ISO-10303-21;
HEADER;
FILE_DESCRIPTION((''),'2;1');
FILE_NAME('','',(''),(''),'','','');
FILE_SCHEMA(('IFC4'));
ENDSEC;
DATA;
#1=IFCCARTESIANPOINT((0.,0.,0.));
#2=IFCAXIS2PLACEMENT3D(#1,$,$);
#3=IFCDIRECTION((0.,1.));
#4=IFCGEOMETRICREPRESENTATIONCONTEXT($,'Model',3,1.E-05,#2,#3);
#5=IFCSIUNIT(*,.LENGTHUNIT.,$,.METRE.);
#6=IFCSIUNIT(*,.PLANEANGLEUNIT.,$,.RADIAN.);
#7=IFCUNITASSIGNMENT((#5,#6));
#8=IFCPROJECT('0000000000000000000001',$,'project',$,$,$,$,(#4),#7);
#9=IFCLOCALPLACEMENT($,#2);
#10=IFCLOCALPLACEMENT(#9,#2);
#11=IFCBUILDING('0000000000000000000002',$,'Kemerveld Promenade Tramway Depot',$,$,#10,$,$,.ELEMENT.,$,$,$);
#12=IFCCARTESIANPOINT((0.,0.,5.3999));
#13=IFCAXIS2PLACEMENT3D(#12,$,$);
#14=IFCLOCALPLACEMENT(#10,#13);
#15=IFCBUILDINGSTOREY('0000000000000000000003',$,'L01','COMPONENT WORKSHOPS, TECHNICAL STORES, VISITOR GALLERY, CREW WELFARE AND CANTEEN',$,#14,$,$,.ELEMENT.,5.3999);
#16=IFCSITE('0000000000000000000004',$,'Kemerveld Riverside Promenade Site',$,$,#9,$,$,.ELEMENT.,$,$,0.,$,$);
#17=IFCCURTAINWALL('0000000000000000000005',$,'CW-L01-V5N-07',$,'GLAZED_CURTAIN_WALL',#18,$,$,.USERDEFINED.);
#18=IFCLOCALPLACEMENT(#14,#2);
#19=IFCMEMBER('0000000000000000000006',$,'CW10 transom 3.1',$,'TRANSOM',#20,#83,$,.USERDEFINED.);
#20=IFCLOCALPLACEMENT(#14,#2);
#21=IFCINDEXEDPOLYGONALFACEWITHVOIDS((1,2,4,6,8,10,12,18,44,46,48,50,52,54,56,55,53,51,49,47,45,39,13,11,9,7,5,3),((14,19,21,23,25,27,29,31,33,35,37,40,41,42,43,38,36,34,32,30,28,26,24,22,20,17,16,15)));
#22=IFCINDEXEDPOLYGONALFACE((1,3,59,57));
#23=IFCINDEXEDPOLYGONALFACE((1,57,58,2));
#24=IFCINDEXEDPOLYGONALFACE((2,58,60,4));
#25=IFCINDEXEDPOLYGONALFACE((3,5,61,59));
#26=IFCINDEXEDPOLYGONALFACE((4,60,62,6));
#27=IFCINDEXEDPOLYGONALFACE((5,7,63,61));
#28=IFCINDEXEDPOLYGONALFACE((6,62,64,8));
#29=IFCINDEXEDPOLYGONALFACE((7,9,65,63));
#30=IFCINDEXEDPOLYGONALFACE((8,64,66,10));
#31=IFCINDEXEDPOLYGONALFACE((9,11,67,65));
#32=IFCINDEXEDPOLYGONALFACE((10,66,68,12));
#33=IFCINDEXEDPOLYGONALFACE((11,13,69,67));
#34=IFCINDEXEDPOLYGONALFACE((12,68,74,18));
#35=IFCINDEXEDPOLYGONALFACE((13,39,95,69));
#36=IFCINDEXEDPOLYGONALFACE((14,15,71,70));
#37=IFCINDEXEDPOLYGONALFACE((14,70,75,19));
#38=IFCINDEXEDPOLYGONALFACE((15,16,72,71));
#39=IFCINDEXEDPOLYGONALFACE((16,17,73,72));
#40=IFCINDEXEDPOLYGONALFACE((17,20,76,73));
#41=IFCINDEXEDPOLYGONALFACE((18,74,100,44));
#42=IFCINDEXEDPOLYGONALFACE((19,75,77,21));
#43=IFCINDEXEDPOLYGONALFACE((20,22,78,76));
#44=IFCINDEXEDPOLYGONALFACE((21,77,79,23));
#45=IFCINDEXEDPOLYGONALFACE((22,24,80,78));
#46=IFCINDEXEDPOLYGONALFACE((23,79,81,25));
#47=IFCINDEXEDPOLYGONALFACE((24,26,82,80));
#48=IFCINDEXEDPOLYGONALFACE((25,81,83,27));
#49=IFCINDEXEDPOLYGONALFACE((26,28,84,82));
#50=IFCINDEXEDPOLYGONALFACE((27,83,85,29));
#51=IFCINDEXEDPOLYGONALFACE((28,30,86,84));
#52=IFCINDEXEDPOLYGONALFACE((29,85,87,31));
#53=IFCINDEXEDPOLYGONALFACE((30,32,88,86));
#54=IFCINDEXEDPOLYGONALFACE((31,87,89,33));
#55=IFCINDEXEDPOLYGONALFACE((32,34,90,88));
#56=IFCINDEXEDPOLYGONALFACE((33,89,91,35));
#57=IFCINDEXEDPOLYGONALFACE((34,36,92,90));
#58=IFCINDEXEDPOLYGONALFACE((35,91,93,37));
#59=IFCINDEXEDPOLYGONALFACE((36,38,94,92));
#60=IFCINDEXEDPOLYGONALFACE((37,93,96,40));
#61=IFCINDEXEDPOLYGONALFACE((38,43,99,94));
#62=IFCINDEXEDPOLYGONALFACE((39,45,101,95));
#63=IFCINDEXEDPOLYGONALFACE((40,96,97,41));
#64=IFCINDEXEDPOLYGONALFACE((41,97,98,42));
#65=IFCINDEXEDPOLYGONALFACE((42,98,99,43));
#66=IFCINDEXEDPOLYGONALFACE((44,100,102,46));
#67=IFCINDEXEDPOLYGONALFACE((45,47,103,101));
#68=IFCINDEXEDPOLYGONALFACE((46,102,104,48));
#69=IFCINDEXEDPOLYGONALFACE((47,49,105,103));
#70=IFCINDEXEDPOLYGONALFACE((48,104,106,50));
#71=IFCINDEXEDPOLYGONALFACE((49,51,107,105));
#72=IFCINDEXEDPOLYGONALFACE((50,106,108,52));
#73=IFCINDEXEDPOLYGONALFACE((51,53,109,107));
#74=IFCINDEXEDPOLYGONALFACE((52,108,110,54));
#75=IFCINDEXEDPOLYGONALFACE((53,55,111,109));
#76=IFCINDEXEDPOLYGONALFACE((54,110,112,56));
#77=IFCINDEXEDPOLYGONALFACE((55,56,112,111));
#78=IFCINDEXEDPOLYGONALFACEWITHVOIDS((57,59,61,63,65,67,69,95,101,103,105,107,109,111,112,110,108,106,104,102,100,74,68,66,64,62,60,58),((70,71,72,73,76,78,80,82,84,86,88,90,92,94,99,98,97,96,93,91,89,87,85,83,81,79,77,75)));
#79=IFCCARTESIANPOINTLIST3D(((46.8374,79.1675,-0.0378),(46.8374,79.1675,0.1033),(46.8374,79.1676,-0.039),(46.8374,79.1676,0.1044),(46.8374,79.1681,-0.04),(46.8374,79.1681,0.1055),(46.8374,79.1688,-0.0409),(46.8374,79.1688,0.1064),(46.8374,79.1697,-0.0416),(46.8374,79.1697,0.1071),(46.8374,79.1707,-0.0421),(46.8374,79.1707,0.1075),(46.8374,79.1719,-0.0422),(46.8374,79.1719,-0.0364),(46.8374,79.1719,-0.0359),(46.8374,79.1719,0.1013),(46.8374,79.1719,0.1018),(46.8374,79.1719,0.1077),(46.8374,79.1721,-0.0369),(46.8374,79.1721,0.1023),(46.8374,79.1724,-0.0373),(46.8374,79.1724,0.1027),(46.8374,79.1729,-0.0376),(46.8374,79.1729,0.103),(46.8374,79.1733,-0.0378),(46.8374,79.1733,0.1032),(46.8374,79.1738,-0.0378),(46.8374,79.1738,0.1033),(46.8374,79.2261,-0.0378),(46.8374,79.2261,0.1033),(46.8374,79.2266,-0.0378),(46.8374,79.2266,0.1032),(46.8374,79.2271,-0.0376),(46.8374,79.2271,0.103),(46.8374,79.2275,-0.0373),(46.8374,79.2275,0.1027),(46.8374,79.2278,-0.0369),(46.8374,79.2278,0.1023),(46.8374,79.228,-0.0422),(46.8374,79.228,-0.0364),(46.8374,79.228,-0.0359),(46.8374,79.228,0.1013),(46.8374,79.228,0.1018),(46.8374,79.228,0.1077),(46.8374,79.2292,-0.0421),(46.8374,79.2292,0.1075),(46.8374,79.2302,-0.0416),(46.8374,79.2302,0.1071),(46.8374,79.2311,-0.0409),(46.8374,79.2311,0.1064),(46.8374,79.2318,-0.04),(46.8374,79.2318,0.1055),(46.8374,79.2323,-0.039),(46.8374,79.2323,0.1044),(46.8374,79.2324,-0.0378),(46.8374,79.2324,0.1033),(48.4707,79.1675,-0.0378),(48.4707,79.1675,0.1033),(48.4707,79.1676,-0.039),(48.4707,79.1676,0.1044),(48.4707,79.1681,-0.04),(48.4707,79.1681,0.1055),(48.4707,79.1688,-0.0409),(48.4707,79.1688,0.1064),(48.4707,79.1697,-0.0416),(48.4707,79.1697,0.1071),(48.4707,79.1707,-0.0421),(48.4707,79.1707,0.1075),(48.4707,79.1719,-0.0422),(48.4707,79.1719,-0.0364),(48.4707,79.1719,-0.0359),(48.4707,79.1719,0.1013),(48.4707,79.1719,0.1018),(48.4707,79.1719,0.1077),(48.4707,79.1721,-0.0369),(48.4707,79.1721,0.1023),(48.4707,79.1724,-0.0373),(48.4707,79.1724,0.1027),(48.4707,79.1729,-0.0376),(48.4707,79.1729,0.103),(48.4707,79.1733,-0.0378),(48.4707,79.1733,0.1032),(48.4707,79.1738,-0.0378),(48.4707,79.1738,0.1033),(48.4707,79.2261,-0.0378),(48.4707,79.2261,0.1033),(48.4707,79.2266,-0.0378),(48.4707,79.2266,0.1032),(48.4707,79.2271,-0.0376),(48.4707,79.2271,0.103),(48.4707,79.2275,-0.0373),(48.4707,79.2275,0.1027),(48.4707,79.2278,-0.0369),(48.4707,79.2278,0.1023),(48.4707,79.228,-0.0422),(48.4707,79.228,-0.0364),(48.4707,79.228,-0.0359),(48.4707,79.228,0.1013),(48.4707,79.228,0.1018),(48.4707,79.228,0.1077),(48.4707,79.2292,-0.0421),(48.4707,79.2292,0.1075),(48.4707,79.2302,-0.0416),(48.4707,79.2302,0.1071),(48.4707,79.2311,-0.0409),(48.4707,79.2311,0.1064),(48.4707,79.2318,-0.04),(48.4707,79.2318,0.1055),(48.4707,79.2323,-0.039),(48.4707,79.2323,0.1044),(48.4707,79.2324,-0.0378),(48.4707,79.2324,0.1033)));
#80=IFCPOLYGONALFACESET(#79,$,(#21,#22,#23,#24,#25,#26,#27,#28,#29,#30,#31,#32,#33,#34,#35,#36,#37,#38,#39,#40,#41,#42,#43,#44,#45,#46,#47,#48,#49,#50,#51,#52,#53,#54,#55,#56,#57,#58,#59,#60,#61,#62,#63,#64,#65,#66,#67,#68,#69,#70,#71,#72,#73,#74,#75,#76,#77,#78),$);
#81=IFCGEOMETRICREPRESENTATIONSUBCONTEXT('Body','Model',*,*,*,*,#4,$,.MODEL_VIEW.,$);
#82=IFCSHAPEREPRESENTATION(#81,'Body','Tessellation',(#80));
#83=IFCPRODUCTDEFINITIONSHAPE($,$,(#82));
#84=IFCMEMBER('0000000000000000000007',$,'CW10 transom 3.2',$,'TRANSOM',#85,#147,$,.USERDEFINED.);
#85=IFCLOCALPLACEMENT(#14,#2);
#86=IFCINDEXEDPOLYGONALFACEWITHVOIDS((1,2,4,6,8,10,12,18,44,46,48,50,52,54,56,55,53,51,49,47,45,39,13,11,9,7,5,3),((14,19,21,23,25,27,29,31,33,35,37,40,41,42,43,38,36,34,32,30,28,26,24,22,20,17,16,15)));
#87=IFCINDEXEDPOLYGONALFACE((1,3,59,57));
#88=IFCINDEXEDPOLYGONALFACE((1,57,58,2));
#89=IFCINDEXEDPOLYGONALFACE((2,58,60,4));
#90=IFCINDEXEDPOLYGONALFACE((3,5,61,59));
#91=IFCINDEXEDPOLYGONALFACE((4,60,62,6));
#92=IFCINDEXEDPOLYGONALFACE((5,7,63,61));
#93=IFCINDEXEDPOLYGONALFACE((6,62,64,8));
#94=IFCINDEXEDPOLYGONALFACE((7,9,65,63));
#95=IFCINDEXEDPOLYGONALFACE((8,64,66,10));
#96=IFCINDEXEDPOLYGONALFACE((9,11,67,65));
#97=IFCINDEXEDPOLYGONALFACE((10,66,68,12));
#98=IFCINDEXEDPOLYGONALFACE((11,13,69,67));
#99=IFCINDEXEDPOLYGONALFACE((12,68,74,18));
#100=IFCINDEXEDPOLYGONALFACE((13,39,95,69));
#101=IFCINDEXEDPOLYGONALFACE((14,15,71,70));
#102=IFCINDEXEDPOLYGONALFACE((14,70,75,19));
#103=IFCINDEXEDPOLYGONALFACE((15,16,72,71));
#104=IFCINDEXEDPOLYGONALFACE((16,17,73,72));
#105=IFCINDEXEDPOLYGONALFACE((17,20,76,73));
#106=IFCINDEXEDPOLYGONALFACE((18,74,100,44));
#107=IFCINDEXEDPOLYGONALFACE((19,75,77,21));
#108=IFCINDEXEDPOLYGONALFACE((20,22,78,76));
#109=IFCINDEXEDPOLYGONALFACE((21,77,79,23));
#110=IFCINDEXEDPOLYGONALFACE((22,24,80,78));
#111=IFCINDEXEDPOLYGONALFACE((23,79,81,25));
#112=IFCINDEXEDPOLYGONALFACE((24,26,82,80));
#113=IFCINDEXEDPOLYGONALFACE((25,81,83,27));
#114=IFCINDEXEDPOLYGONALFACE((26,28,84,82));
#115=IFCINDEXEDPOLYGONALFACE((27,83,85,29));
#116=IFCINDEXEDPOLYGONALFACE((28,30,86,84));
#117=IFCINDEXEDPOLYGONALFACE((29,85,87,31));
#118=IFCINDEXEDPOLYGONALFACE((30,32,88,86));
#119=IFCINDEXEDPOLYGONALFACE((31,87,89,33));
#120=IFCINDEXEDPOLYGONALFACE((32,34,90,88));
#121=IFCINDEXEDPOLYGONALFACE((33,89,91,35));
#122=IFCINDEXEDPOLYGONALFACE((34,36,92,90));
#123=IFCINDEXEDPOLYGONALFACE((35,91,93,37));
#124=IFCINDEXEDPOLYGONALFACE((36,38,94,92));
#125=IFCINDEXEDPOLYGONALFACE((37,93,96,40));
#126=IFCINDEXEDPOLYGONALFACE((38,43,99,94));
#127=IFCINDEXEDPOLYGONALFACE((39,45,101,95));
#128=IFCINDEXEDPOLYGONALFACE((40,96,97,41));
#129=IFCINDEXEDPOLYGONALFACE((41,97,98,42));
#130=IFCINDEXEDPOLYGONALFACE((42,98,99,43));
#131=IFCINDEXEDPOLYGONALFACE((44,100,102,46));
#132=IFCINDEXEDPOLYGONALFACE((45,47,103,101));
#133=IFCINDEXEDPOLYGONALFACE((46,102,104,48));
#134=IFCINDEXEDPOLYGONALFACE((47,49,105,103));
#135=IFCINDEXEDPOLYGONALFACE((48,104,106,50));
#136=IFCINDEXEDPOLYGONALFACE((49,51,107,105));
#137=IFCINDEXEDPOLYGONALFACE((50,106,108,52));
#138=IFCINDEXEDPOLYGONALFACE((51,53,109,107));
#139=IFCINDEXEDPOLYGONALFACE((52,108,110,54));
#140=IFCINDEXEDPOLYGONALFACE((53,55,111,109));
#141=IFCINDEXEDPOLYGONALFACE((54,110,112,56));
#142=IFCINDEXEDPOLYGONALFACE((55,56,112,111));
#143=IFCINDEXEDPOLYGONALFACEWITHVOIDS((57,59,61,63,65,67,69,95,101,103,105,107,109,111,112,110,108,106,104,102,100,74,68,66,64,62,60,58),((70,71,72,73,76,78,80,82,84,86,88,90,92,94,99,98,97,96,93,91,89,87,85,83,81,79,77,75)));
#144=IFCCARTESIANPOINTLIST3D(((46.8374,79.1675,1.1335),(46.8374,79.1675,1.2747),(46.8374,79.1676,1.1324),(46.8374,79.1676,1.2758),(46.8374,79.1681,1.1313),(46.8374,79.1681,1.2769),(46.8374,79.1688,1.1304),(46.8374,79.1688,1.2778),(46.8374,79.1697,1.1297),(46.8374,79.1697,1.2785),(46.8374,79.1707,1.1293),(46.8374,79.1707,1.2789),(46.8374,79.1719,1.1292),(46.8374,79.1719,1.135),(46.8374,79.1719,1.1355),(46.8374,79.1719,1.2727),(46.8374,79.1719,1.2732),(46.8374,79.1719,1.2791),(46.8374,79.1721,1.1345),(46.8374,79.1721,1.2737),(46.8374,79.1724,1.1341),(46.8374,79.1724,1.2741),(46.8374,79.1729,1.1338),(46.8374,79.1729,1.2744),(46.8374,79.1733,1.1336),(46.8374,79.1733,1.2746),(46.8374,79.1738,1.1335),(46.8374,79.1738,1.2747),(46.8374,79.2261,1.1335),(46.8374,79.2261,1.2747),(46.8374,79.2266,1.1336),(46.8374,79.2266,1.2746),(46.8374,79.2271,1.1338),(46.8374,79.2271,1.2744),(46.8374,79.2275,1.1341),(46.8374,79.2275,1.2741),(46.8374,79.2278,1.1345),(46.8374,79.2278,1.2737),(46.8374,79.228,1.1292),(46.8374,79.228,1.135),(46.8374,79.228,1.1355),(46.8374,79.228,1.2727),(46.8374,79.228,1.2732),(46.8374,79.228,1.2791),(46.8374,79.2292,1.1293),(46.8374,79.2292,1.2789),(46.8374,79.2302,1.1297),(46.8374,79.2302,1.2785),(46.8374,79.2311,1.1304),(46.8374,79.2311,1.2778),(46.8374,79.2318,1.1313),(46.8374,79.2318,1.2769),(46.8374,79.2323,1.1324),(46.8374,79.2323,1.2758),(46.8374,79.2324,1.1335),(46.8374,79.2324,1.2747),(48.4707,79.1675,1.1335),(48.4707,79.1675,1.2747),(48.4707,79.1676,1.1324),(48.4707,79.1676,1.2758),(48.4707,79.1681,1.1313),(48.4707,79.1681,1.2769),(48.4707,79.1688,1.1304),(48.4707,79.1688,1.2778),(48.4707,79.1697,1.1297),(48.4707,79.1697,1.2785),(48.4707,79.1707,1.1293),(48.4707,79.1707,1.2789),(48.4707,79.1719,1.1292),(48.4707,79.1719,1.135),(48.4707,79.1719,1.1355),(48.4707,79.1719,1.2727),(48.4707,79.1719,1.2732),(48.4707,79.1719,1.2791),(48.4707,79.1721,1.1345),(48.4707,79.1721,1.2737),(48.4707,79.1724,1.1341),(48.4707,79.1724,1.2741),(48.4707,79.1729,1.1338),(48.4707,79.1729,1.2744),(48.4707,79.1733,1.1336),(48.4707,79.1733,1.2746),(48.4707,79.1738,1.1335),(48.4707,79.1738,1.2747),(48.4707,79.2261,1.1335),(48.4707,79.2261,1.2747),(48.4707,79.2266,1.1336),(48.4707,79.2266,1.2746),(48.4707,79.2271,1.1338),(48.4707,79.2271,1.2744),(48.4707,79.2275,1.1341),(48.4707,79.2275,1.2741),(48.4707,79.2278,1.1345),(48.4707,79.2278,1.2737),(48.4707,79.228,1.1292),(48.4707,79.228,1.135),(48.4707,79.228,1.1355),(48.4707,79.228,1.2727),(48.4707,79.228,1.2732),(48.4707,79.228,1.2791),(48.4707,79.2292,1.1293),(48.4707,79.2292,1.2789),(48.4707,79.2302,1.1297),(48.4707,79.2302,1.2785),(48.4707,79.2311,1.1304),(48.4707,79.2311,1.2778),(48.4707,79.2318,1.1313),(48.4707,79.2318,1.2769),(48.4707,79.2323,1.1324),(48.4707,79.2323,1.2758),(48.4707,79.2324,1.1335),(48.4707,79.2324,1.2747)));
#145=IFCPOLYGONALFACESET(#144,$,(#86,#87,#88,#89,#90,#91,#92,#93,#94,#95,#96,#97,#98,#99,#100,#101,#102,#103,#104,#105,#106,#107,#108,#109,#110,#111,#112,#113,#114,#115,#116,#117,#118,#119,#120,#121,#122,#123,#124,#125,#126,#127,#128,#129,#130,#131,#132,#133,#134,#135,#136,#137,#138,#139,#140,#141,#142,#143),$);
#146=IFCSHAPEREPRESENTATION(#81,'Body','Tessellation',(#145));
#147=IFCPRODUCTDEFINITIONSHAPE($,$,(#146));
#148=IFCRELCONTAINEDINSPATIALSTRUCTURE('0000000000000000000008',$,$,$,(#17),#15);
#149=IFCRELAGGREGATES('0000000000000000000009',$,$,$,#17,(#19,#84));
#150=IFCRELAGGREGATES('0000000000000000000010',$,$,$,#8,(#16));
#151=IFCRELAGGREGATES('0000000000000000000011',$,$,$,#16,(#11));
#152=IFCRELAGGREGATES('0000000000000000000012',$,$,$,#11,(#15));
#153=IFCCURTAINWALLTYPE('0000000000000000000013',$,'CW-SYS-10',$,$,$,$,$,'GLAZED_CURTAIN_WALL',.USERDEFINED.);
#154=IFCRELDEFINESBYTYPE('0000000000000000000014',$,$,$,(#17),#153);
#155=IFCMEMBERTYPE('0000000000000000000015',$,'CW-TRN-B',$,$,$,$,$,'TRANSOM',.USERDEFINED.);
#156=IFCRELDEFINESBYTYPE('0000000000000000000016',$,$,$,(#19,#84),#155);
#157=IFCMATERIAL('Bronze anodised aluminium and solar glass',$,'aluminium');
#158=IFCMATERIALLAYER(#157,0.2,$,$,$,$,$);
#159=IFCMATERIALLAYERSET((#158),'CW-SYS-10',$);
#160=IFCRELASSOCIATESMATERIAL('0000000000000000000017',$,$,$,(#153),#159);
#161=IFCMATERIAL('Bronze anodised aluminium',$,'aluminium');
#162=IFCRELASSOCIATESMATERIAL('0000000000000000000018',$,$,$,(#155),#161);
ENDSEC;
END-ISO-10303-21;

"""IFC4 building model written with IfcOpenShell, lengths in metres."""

from ifc_helpers import new_model, si_unit, direction, frame, origin, origin_2d, place, context, subcontext, project, spatial, hollow_rectangle, extrude, material, layer, layer_set, material_profile, profile_set, type_object, element, aggregate, save


model = new_model("IFC4")

# Units and contexts
model_context = context("Model", 3, precision=1e-05, world=origin(), true_north=direction((0.0, 1.0)))
body_context = subcontext(model_context, "Body", "Model", "MODEL_VIEW")
ifc_project = project(units=[si_unit("LENGTHUNIT", "METRE"), si_unit("PLANEANGLEUNIT", "RADIAN")], contexts=[model_context])

# Site, building, storey
site_placement = place(None, origin())
site = spatial("IfcSite", under=ifc_project, at=site_placement, Name="Kemerveld Riverside Promenade Site", CompositionType="ELEMENT", RefElevation=0.0)
building_placement = place(site_placement, origin())
building = spatial("IfcBuilding", under=site, at=building_placement, Name="Kemerveld Promenade Tramway Depot", CompositionType="ELEMENT")
storey_placement = place(building_placement, frame((0.0, 0.0, 5.3999)))
storey = spatial("IfcBuildingStorey", under=building, at=storey_placement, Name="L01", Description="COMPONENT WORKSHOPS, TECHNICAL STORES, VISITOR GALLERY, CREW WELFARE AND CANTEEN", CompositionType="ELEMENT", Elevation=5.3999)

# Curtain wall, members
ifc_material_1 = material(Name="Bronze anodised aluminium and solar glass", Category="aluminium")
ifc_layer_1 = layer(ifc_material_1, 0.2)
ifc_layer_set_1 = layer_set([ifc_layer_1], Name="CW-SYS-10")
curtain_wall_type = type_object("IfcCurtainWallType", Name="CW-SYS-10", ElementType="GLAZED_CURTAIN_WALL", PredefinedType="USERDEFINED", material=ifc_layer_set_1)
curtain_wall_placement = place(storey_placement, origin())
curtain_wall = element("IfcCurtainWall", 1, at=curtain_wall_placement, inside=storey, type_object=curtain_wall_type, Name="CW-L01-V5N-07", ObjectType="GLAZED_CURTAIN_WALL", PredefinedType="USERDEFINED")
ifc_material_2 = material(Name="Bronze anodised aluminium", Category="aluminium")
ifc_material_profile_1 = material_profile(ifc_material_2, hollow_rectangle(XDim=0.0649, YDim=0.1499, WallThickness=0.0044, InnerFilletRadius=0.002, OuterFilletRadius=0.0044, at=origin_2d()), Name="CW-TRN-150x65")
ifc_profile_set_1 = profile_set([ifc_material_profile_1], Name="Bronze anodised aluminium")
member_type_1 = type_object("IfcMemberType", Name="CW-TRN-B", ElementType="TRANSOM", PredefinedType="USERDEFINED", material=ifc_profile_set_1)
member_1_placement = place(storey_placement, frame((46.8374, 79.2, 0.0327), z_axis=(1.0, 0.0, 0.0), x_axis=(0.0, 1.0, 0.0)))
member_1 = element("IfcMember", 2, at=member_1_placement, type_object=member_type_1, Name="CW10 transom 3.1", ObjectType="TRANSOM", PredefinedType="USERDEFINED", context=body_context, shape_type="SweptSolid", body=[
    extrude(hollow_rectangle(XDim=0.0649, YDim=0.1499, WallThickness=0.0044, InnerFilletRadius=0.002, OuterFilletRadius=0.0044, at=origin_2d()), origin(), (0.0, 0.0, 1.0), 1.6333),
])
member_2_placement = place(storey_placement, frame((46.8374, 79.2, 1.2041), z_axis=(1.0, 0.0, 0.0), x_axis=(0.0, 1.0, 0.0)))
member_2 = element("IfcMember", 3, at=member_2_placement, type_object=member_type_1, Name="CW10 transom 3.2", ObjectType="TRANSOM", PredefinedType="USERDEFINED", context=body_context, shape_type="SweptSolid", body=[
    extrude(hollow_rectangle(XDim=0.0649, YDim=0.1499, WallThickness=0.0044, InnerFilletRadius=0.002, OuterFilletRadius=0.0044, at=origin_2d()), origin(), (0.0, 0.0, 1.0), 1.6333),
])
aggregate(curtain_wall, [member_1, member_2])

save(model, "model.ifc")
